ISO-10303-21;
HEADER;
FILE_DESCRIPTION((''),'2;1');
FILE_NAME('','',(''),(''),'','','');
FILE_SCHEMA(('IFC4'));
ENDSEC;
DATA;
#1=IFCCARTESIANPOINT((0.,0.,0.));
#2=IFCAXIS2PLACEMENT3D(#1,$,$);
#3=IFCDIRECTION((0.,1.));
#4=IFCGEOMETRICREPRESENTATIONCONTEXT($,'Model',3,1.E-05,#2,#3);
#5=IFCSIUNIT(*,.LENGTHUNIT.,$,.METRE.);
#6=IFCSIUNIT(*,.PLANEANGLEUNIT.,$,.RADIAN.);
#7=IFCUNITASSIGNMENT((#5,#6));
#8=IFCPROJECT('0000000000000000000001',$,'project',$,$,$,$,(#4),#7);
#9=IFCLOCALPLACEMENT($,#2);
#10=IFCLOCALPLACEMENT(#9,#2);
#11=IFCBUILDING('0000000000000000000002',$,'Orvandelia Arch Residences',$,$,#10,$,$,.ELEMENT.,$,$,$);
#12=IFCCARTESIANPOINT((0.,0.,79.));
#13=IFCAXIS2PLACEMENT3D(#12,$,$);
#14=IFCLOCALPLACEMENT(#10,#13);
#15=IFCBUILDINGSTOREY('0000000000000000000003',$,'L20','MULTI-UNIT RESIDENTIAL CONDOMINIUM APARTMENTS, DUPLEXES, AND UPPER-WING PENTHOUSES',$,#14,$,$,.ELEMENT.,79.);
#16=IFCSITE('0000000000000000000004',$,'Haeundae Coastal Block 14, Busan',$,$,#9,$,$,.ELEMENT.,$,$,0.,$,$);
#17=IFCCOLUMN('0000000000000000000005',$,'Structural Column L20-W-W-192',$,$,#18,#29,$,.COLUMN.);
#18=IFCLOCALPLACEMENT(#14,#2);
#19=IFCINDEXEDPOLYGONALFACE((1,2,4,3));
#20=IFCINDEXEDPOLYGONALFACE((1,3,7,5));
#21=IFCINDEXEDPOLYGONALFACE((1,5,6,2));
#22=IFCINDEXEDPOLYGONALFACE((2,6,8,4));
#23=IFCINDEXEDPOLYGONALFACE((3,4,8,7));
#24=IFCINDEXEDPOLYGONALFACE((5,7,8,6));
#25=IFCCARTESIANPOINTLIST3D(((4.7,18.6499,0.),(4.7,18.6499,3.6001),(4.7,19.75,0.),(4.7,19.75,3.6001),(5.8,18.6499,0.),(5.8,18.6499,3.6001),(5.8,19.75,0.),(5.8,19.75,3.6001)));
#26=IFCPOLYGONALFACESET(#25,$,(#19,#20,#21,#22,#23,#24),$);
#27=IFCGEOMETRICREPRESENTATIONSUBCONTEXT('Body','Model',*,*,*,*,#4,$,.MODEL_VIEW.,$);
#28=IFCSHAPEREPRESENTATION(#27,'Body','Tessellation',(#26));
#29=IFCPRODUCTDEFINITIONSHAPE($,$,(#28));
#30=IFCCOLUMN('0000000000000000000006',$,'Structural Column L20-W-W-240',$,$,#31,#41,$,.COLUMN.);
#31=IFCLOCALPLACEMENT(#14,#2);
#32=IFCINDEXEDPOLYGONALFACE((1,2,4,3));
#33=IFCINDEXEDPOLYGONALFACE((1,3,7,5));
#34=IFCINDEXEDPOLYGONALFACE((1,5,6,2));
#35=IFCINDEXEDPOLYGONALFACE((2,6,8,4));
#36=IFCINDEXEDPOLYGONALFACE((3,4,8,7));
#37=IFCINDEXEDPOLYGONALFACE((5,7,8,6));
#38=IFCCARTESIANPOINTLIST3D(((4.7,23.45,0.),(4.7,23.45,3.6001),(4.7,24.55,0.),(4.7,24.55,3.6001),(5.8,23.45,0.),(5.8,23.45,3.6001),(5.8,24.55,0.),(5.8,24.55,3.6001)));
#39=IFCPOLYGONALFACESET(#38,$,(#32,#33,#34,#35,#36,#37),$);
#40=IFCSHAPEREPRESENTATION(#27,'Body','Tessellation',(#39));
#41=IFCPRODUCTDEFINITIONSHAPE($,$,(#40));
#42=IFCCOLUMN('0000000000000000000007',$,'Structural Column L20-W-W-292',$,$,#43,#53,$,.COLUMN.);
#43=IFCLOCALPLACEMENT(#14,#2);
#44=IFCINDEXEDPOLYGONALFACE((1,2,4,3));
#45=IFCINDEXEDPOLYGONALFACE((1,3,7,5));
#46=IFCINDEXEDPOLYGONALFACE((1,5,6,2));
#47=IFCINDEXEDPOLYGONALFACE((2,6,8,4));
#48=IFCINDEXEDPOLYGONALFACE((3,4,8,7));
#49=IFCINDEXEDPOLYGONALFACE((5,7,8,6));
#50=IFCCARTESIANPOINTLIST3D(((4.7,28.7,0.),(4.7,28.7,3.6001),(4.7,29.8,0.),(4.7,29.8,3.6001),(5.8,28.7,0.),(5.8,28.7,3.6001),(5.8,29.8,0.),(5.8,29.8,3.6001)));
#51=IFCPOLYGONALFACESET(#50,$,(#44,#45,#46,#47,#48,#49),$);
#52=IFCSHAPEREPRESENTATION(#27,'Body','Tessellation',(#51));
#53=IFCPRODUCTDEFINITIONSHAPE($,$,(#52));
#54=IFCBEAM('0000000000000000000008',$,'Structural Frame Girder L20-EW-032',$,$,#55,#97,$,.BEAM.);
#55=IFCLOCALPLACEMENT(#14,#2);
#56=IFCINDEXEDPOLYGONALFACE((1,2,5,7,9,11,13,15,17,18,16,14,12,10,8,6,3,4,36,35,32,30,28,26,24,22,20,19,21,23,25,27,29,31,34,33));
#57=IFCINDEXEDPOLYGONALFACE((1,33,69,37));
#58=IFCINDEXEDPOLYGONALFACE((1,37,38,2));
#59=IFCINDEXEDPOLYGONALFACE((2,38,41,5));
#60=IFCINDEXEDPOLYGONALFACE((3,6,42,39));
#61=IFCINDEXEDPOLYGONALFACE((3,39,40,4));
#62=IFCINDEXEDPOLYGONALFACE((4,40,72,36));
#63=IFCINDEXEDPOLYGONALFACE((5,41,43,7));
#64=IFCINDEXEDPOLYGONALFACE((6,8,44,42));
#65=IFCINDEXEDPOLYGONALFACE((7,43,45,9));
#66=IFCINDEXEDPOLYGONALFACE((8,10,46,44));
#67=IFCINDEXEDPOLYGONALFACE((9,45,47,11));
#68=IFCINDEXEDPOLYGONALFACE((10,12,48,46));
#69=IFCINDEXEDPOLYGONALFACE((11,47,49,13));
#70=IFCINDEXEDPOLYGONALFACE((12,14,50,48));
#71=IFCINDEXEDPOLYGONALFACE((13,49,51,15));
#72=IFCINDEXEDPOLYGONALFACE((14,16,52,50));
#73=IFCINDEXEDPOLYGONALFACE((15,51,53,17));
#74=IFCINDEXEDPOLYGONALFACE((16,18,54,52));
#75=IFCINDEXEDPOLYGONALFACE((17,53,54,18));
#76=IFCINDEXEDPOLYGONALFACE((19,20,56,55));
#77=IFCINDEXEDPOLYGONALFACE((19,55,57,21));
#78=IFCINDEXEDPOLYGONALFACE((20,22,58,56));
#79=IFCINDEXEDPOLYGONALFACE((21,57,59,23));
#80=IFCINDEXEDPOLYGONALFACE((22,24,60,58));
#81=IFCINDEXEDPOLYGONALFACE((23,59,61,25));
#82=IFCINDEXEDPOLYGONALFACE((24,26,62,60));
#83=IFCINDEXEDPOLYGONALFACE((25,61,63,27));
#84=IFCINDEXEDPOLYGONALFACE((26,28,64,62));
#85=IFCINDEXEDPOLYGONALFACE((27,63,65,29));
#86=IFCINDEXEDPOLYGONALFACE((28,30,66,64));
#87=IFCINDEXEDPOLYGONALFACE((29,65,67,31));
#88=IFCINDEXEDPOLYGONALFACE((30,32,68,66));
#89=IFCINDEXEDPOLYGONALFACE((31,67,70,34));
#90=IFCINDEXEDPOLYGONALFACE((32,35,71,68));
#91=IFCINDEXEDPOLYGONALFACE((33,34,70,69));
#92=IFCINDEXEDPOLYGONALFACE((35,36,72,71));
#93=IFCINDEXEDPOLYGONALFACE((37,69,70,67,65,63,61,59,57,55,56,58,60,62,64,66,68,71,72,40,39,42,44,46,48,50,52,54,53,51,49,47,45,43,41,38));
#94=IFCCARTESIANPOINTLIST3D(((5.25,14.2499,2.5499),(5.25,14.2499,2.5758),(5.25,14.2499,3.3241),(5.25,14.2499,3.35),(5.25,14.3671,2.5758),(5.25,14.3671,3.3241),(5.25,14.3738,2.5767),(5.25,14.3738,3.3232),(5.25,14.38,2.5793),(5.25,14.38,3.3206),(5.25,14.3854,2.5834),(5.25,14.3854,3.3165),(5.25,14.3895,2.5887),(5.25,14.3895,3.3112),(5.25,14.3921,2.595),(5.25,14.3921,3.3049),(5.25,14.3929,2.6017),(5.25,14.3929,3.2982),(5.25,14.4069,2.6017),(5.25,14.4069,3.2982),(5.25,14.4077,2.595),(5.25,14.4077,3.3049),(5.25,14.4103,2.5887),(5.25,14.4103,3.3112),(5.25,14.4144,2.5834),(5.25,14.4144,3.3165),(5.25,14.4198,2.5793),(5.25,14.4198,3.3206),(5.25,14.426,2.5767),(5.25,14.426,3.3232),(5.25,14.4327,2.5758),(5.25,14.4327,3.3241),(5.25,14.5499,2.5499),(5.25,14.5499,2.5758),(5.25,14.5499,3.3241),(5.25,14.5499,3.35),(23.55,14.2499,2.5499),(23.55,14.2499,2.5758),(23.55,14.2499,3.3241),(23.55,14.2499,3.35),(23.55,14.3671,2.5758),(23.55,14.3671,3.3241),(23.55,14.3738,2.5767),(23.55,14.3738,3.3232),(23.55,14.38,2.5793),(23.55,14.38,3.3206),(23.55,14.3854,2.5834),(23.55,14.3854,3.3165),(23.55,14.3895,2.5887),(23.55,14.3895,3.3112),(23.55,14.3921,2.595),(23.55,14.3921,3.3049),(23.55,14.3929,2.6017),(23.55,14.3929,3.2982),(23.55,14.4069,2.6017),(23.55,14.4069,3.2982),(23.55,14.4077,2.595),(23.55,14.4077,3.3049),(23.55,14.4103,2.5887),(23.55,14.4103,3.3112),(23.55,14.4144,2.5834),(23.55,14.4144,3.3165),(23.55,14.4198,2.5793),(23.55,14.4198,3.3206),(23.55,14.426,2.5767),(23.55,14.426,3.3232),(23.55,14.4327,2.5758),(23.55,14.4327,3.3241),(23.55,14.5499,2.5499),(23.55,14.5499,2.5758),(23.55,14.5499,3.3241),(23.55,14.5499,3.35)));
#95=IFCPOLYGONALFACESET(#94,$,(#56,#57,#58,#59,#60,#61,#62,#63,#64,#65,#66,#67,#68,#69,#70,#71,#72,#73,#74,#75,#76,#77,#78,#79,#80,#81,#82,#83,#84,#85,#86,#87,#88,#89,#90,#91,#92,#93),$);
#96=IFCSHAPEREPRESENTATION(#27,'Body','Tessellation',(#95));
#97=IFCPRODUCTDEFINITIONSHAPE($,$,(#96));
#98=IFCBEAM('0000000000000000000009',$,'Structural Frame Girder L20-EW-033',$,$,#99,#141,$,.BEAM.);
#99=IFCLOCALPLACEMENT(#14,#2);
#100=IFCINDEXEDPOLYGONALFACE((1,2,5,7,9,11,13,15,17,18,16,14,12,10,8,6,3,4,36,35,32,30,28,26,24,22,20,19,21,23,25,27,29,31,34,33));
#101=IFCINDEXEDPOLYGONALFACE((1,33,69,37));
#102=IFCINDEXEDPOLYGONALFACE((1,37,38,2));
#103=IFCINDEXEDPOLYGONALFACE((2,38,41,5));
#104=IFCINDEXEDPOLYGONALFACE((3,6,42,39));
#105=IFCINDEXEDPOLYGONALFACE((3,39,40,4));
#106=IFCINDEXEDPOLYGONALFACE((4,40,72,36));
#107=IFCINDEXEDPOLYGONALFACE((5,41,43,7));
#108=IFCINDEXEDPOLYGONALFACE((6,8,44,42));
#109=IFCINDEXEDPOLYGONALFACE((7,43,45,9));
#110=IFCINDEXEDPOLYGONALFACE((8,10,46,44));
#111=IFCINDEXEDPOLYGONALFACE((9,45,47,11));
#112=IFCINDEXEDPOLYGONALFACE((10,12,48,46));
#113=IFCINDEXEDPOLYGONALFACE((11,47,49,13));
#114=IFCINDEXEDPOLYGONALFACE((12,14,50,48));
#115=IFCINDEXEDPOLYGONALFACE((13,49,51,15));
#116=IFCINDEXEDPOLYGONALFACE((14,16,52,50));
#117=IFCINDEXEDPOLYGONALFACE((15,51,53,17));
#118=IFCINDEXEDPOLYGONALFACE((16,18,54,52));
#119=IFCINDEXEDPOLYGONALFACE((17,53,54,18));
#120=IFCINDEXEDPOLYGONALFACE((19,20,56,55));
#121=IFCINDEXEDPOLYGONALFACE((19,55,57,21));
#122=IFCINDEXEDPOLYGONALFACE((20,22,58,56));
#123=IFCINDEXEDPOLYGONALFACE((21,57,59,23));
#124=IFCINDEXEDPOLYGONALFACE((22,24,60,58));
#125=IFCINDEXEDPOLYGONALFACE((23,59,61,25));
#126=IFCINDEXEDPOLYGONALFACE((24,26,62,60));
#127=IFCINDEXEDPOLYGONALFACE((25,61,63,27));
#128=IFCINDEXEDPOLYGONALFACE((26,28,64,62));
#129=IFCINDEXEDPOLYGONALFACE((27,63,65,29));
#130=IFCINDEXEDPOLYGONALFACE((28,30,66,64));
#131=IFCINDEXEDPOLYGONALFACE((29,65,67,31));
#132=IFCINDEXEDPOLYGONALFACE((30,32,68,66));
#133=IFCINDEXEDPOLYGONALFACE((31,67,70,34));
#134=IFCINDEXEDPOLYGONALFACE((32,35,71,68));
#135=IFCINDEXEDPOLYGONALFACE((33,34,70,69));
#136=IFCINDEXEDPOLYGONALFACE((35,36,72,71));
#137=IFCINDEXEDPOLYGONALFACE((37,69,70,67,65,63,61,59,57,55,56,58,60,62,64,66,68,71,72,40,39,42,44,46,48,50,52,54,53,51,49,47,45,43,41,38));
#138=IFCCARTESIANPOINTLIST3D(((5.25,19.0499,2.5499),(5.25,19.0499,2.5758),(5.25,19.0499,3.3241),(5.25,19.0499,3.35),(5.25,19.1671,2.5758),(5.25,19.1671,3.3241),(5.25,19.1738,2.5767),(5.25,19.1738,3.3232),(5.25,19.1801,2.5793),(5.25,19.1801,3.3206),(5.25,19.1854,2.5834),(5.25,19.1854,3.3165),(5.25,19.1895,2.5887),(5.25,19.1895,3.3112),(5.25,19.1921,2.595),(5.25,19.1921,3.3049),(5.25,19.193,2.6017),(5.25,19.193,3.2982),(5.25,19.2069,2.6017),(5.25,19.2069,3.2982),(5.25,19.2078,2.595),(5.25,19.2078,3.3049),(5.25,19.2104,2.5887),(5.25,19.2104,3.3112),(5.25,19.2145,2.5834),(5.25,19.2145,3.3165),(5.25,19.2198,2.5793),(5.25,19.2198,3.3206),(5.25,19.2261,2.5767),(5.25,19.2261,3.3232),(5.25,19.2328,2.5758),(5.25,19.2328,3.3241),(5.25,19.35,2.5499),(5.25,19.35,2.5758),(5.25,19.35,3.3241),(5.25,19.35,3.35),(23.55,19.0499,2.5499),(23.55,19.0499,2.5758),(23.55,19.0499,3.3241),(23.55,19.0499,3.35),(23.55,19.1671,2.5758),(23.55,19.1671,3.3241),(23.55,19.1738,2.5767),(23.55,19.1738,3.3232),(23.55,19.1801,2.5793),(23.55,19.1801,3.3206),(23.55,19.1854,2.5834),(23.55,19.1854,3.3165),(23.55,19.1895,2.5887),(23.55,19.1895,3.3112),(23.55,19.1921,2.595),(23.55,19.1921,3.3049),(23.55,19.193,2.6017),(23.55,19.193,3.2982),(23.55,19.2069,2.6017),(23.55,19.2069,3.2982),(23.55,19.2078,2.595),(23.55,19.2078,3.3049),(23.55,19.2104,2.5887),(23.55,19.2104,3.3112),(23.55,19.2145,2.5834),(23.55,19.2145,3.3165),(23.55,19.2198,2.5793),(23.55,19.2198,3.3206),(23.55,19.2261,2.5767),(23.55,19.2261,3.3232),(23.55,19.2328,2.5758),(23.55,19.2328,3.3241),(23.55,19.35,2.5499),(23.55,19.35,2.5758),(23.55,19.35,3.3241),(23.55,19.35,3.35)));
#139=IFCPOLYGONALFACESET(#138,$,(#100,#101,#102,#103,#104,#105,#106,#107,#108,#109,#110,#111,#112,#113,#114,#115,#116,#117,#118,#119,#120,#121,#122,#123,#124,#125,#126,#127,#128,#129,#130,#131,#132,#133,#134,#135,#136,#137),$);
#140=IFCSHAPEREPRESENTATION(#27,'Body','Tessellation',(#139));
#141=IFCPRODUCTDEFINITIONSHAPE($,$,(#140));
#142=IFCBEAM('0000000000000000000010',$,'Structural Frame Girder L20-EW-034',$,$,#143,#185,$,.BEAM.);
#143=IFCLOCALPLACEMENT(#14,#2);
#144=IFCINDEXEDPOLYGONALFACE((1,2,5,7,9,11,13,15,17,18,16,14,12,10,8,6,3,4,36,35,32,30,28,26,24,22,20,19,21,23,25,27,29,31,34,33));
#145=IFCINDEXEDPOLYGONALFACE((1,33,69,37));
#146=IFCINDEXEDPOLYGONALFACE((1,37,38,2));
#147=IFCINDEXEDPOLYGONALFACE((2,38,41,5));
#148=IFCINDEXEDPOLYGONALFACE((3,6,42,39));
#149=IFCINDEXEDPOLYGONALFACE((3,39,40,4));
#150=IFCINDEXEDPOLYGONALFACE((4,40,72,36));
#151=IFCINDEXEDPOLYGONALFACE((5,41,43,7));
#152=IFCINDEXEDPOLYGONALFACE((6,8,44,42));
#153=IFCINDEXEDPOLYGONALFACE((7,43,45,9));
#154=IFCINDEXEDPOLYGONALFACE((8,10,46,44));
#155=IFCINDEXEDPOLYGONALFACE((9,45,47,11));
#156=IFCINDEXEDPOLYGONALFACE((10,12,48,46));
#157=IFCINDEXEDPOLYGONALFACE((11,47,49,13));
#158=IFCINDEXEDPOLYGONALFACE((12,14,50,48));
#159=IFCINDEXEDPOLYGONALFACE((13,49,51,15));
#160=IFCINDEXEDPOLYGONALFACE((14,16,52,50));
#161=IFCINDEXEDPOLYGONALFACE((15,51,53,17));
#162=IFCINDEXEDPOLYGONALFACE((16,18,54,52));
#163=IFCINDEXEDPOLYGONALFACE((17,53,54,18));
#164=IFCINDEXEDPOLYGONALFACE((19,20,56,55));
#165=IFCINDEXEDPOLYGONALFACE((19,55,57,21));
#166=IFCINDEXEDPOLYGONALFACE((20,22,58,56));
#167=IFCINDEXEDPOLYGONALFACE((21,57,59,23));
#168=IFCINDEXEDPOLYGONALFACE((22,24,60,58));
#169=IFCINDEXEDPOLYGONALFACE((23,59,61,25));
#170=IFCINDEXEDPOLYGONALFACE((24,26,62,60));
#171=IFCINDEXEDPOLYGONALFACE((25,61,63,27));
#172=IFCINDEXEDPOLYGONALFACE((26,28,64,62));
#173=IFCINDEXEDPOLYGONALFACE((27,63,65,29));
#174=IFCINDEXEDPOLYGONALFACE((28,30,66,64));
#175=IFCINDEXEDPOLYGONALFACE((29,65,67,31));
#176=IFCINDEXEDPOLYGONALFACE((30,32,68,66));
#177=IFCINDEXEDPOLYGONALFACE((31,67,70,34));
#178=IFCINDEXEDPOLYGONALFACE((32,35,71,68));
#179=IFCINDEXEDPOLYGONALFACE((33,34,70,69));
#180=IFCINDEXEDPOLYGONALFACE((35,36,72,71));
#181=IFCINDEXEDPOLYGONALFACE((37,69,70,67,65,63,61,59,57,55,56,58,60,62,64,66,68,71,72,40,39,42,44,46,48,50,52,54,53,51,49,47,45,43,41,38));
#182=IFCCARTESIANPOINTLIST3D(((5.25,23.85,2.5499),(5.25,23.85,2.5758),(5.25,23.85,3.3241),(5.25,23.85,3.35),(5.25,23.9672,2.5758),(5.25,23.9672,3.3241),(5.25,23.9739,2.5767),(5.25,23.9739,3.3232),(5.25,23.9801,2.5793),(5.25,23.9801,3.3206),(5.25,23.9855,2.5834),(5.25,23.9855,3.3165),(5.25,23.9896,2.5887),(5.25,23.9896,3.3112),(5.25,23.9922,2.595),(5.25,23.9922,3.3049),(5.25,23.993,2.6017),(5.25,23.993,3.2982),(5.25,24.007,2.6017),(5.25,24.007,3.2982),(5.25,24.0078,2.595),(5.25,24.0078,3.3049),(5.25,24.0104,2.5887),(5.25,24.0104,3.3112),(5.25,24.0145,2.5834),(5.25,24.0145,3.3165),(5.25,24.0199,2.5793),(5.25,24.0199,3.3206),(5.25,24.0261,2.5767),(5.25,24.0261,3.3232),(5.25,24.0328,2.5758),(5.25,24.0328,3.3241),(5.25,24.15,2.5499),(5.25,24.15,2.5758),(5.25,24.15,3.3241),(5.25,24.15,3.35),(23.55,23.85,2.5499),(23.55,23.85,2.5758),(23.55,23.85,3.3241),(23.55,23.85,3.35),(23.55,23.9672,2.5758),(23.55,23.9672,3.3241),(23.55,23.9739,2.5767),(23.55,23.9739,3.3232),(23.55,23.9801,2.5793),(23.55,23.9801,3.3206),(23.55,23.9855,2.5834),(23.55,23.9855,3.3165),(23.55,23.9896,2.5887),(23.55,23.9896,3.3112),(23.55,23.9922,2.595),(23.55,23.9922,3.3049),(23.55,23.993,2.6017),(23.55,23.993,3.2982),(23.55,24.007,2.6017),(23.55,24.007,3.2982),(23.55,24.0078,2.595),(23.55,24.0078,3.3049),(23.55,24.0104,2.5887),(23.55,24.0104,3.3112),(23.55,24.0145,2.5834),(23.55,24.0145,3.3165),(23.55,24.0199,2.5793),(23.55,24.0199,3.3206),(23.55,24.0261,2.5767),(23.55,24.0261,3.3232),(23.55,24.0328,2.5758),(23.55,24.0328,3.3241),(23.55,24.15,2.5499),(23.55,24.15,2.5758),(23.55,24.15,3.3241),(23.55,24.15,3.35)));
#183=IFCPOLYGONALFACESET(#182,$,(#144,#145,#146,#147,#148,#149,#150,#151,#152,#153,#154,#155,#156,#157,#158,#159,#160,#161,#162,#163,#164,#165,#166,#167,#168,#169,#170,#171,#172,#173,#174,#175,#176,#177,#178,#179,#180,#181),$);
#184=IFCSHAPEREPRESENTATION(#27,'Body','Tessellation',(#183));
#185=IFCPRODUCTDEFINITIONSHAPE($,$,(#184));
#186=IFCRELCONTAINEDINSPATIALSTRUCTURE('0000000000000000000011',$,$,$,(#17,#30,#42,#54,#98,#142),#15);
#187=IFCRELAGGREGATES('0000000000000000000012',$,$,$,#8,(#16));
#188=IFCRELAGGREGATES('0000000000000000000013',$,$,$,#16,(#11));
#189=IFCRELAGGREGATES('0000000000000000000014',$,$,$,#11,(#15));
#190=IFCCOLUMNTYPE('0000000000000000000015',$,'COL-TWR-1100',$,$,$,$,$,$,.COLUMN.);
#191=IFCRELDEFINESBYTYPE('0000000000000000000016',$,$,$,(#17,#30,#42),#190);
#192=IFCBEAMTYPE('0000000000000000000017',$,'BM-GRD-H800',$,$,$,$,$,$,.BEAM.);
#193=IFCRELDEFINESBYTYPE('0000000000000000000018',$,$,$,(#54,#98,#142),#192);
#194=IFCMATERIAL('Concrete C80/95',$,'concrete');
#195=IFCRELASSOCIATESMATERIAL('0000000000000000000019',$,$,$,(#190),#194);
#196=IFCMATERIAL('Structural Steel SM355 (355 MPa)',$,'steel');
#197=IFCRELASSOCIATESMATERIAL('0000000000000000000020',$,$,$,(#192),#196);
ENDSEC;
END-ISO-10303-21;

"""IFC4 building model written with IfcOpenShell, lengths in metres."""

from ifc_helpers import new_model, si_unit, direction, frame, origin, origin_2d, place, context, subcontext, project, spatial, rectangle, i_section, extrude, material, material_profile, profile_set, type_object, element, save


model = new_model("IFC4")

# Units and contexts
model_context = context("Model", 3, precision=1e-05, world=origin(), true_north=direction((0.0, 1.0)))
body_context = subcontext(model_context, "Body", "Model", "MODEL_VIEW")
ifc_project = project(units=[si_unit("LENGTHUNIT", "METRE"), si_unit("PLANEANGLEUNIT", "RADIAN")], contexts=[model_context])

# Site, building, storey
site_placement = place(None, origin())
site = spatial("IfcSite", under=ifc_project, at=site_placement, Name="Haeundae Coastal Block 14, Busan", CompositionType="ELEMENT", RefElevation=0.0)
building_placement = place(site_placement, origin())
building = spatial("IfcBuilding", under=site, at=building_placement, Name="Orvandelia Arch Residences", CompositionType="ELEMENT")
storey_placement = place(building_placement, frame((0.0, 0.0, 79.0)))
storey = spatial("IfcBuildingStorey", under=building, at=storey_placement, Name="L20", Description="MULTI-UNIT RESIDENTIAL CONDOMINIUM APARTMENTS, DUPLEXES, AND UPPER-WING PENTHOUSES", CompositionType="ELEMENT", Elevation=79.0)

# Columns
ifc_material_1 = material(Name="Concrete C80/95", Category="concrete")
ifc_material_profile_1 = material_profile(ifc_material_1, rectangle(XDim=1.1001, YDim=1.1001, at=origin_2d()), Name="Concrete C80/95", Category="concrete")
ifc_profile_set_1 = profile_set([ifc_material_profile_1], Name="Concrete C80/95")
column_type = type_object("IfcColumnType", Name="COL-TWR-1100", PredefinedType="COLUMN", material=ifc_profile_set_1)
for number, where, z_axis, x_axis, name in (
    (1, (5.25, 19.2, 0.0), (0.0, 0.0, 1.0), (1.0, 0.0, 0.0), "Structural Column L20-W-W-192"),
    (2, (5.25, 24.0, 0.0), (0.0, 0.0, 1.0), (1.0, 0.0, 0.0), "Structural Column L20-W-W-240"),
    (3, (5.25, 29.25, 0.0), (0.0, 0.0, 1.0), (1.0, 0.0, 0.0), "Structural Column L20-W-W-292"),
):
    element("IfcColumn", number, at=place(storey_placement, frame(where, z_axis=z_axis, x_axis=x_axis)), inside=storey, type_object=column_type, Name=name, PredefinedType="COLUMN", context=body_context, shape_type="SweptSolid", body=[
        extrude(rectangle(XDim=1.1001, YDim=1.1001, at=origin_2d()), origin(), (0.0, 0.0, 1.0), 3.6001),
    ])

# Beams
ifc_material_2 = material(Name="Structural Steel SM355 (355 MPa)", Category="steel")
ifc_material_profile_2 = material_profile(ifc_material_2, i_section(OverallWidth=0.3, OverallDepth=0.8, WebThickness=0.0139, FlangeThickness=0.0259, FilletRadius=0.0259, at=origin_2d()), Name="Structural Steel SM355 (355 MPa)", Category="steel")
ifc_profile_set_2 = profile_set([ifc_material_profile_2], Name="Structural Steel SM355 (355 MPa)")
beam_type_1 = type_object("IfcBeamType", Name="BM-GRD-H800", PredefinedType="BEAM", material=ifc_profile_set_2)
for number, where, z_axis, x_axis, name in (
    (4, (5.25, 14.3999, 2.95), (1.0, 0.0, 0.0), (0.0, 1.0, 0.0), "Structural Frame Girder L20-EW-032"),
    (5, (5.25, 19.2, 2.95), (1.0, 0.0, 0.0), (0.0, 1.0, 0.0), "Structural Frame Girder L20-EW-033"),
    (6, (5.25, 24.0, 2.95), (1.0, 0.0, 0.0), (0.0, 1.0, 0.0), "Structural Frame Girder L20-EW-034"),
):
    element("IfcBeam", number, at=place(storey_placement, frame(where, z_axis=z_axis, x_axis=x_axis)), inside=storey, type_object=beam_type_1, Name=name, PredefinedType="BEAM", context=body_context, shape_type="SweptSolid", body=[
        extrude(i_section(OverallWidth=0.3, OverallDepth=0.8, WebThickness=0.0139, FlangeThickness=0.0259, FilletRadius=0.0259, at=origin_2d()), origin(), (0.0, 0.0, 1.0), 18.3),
    ])

save(model, "model.ifc")
